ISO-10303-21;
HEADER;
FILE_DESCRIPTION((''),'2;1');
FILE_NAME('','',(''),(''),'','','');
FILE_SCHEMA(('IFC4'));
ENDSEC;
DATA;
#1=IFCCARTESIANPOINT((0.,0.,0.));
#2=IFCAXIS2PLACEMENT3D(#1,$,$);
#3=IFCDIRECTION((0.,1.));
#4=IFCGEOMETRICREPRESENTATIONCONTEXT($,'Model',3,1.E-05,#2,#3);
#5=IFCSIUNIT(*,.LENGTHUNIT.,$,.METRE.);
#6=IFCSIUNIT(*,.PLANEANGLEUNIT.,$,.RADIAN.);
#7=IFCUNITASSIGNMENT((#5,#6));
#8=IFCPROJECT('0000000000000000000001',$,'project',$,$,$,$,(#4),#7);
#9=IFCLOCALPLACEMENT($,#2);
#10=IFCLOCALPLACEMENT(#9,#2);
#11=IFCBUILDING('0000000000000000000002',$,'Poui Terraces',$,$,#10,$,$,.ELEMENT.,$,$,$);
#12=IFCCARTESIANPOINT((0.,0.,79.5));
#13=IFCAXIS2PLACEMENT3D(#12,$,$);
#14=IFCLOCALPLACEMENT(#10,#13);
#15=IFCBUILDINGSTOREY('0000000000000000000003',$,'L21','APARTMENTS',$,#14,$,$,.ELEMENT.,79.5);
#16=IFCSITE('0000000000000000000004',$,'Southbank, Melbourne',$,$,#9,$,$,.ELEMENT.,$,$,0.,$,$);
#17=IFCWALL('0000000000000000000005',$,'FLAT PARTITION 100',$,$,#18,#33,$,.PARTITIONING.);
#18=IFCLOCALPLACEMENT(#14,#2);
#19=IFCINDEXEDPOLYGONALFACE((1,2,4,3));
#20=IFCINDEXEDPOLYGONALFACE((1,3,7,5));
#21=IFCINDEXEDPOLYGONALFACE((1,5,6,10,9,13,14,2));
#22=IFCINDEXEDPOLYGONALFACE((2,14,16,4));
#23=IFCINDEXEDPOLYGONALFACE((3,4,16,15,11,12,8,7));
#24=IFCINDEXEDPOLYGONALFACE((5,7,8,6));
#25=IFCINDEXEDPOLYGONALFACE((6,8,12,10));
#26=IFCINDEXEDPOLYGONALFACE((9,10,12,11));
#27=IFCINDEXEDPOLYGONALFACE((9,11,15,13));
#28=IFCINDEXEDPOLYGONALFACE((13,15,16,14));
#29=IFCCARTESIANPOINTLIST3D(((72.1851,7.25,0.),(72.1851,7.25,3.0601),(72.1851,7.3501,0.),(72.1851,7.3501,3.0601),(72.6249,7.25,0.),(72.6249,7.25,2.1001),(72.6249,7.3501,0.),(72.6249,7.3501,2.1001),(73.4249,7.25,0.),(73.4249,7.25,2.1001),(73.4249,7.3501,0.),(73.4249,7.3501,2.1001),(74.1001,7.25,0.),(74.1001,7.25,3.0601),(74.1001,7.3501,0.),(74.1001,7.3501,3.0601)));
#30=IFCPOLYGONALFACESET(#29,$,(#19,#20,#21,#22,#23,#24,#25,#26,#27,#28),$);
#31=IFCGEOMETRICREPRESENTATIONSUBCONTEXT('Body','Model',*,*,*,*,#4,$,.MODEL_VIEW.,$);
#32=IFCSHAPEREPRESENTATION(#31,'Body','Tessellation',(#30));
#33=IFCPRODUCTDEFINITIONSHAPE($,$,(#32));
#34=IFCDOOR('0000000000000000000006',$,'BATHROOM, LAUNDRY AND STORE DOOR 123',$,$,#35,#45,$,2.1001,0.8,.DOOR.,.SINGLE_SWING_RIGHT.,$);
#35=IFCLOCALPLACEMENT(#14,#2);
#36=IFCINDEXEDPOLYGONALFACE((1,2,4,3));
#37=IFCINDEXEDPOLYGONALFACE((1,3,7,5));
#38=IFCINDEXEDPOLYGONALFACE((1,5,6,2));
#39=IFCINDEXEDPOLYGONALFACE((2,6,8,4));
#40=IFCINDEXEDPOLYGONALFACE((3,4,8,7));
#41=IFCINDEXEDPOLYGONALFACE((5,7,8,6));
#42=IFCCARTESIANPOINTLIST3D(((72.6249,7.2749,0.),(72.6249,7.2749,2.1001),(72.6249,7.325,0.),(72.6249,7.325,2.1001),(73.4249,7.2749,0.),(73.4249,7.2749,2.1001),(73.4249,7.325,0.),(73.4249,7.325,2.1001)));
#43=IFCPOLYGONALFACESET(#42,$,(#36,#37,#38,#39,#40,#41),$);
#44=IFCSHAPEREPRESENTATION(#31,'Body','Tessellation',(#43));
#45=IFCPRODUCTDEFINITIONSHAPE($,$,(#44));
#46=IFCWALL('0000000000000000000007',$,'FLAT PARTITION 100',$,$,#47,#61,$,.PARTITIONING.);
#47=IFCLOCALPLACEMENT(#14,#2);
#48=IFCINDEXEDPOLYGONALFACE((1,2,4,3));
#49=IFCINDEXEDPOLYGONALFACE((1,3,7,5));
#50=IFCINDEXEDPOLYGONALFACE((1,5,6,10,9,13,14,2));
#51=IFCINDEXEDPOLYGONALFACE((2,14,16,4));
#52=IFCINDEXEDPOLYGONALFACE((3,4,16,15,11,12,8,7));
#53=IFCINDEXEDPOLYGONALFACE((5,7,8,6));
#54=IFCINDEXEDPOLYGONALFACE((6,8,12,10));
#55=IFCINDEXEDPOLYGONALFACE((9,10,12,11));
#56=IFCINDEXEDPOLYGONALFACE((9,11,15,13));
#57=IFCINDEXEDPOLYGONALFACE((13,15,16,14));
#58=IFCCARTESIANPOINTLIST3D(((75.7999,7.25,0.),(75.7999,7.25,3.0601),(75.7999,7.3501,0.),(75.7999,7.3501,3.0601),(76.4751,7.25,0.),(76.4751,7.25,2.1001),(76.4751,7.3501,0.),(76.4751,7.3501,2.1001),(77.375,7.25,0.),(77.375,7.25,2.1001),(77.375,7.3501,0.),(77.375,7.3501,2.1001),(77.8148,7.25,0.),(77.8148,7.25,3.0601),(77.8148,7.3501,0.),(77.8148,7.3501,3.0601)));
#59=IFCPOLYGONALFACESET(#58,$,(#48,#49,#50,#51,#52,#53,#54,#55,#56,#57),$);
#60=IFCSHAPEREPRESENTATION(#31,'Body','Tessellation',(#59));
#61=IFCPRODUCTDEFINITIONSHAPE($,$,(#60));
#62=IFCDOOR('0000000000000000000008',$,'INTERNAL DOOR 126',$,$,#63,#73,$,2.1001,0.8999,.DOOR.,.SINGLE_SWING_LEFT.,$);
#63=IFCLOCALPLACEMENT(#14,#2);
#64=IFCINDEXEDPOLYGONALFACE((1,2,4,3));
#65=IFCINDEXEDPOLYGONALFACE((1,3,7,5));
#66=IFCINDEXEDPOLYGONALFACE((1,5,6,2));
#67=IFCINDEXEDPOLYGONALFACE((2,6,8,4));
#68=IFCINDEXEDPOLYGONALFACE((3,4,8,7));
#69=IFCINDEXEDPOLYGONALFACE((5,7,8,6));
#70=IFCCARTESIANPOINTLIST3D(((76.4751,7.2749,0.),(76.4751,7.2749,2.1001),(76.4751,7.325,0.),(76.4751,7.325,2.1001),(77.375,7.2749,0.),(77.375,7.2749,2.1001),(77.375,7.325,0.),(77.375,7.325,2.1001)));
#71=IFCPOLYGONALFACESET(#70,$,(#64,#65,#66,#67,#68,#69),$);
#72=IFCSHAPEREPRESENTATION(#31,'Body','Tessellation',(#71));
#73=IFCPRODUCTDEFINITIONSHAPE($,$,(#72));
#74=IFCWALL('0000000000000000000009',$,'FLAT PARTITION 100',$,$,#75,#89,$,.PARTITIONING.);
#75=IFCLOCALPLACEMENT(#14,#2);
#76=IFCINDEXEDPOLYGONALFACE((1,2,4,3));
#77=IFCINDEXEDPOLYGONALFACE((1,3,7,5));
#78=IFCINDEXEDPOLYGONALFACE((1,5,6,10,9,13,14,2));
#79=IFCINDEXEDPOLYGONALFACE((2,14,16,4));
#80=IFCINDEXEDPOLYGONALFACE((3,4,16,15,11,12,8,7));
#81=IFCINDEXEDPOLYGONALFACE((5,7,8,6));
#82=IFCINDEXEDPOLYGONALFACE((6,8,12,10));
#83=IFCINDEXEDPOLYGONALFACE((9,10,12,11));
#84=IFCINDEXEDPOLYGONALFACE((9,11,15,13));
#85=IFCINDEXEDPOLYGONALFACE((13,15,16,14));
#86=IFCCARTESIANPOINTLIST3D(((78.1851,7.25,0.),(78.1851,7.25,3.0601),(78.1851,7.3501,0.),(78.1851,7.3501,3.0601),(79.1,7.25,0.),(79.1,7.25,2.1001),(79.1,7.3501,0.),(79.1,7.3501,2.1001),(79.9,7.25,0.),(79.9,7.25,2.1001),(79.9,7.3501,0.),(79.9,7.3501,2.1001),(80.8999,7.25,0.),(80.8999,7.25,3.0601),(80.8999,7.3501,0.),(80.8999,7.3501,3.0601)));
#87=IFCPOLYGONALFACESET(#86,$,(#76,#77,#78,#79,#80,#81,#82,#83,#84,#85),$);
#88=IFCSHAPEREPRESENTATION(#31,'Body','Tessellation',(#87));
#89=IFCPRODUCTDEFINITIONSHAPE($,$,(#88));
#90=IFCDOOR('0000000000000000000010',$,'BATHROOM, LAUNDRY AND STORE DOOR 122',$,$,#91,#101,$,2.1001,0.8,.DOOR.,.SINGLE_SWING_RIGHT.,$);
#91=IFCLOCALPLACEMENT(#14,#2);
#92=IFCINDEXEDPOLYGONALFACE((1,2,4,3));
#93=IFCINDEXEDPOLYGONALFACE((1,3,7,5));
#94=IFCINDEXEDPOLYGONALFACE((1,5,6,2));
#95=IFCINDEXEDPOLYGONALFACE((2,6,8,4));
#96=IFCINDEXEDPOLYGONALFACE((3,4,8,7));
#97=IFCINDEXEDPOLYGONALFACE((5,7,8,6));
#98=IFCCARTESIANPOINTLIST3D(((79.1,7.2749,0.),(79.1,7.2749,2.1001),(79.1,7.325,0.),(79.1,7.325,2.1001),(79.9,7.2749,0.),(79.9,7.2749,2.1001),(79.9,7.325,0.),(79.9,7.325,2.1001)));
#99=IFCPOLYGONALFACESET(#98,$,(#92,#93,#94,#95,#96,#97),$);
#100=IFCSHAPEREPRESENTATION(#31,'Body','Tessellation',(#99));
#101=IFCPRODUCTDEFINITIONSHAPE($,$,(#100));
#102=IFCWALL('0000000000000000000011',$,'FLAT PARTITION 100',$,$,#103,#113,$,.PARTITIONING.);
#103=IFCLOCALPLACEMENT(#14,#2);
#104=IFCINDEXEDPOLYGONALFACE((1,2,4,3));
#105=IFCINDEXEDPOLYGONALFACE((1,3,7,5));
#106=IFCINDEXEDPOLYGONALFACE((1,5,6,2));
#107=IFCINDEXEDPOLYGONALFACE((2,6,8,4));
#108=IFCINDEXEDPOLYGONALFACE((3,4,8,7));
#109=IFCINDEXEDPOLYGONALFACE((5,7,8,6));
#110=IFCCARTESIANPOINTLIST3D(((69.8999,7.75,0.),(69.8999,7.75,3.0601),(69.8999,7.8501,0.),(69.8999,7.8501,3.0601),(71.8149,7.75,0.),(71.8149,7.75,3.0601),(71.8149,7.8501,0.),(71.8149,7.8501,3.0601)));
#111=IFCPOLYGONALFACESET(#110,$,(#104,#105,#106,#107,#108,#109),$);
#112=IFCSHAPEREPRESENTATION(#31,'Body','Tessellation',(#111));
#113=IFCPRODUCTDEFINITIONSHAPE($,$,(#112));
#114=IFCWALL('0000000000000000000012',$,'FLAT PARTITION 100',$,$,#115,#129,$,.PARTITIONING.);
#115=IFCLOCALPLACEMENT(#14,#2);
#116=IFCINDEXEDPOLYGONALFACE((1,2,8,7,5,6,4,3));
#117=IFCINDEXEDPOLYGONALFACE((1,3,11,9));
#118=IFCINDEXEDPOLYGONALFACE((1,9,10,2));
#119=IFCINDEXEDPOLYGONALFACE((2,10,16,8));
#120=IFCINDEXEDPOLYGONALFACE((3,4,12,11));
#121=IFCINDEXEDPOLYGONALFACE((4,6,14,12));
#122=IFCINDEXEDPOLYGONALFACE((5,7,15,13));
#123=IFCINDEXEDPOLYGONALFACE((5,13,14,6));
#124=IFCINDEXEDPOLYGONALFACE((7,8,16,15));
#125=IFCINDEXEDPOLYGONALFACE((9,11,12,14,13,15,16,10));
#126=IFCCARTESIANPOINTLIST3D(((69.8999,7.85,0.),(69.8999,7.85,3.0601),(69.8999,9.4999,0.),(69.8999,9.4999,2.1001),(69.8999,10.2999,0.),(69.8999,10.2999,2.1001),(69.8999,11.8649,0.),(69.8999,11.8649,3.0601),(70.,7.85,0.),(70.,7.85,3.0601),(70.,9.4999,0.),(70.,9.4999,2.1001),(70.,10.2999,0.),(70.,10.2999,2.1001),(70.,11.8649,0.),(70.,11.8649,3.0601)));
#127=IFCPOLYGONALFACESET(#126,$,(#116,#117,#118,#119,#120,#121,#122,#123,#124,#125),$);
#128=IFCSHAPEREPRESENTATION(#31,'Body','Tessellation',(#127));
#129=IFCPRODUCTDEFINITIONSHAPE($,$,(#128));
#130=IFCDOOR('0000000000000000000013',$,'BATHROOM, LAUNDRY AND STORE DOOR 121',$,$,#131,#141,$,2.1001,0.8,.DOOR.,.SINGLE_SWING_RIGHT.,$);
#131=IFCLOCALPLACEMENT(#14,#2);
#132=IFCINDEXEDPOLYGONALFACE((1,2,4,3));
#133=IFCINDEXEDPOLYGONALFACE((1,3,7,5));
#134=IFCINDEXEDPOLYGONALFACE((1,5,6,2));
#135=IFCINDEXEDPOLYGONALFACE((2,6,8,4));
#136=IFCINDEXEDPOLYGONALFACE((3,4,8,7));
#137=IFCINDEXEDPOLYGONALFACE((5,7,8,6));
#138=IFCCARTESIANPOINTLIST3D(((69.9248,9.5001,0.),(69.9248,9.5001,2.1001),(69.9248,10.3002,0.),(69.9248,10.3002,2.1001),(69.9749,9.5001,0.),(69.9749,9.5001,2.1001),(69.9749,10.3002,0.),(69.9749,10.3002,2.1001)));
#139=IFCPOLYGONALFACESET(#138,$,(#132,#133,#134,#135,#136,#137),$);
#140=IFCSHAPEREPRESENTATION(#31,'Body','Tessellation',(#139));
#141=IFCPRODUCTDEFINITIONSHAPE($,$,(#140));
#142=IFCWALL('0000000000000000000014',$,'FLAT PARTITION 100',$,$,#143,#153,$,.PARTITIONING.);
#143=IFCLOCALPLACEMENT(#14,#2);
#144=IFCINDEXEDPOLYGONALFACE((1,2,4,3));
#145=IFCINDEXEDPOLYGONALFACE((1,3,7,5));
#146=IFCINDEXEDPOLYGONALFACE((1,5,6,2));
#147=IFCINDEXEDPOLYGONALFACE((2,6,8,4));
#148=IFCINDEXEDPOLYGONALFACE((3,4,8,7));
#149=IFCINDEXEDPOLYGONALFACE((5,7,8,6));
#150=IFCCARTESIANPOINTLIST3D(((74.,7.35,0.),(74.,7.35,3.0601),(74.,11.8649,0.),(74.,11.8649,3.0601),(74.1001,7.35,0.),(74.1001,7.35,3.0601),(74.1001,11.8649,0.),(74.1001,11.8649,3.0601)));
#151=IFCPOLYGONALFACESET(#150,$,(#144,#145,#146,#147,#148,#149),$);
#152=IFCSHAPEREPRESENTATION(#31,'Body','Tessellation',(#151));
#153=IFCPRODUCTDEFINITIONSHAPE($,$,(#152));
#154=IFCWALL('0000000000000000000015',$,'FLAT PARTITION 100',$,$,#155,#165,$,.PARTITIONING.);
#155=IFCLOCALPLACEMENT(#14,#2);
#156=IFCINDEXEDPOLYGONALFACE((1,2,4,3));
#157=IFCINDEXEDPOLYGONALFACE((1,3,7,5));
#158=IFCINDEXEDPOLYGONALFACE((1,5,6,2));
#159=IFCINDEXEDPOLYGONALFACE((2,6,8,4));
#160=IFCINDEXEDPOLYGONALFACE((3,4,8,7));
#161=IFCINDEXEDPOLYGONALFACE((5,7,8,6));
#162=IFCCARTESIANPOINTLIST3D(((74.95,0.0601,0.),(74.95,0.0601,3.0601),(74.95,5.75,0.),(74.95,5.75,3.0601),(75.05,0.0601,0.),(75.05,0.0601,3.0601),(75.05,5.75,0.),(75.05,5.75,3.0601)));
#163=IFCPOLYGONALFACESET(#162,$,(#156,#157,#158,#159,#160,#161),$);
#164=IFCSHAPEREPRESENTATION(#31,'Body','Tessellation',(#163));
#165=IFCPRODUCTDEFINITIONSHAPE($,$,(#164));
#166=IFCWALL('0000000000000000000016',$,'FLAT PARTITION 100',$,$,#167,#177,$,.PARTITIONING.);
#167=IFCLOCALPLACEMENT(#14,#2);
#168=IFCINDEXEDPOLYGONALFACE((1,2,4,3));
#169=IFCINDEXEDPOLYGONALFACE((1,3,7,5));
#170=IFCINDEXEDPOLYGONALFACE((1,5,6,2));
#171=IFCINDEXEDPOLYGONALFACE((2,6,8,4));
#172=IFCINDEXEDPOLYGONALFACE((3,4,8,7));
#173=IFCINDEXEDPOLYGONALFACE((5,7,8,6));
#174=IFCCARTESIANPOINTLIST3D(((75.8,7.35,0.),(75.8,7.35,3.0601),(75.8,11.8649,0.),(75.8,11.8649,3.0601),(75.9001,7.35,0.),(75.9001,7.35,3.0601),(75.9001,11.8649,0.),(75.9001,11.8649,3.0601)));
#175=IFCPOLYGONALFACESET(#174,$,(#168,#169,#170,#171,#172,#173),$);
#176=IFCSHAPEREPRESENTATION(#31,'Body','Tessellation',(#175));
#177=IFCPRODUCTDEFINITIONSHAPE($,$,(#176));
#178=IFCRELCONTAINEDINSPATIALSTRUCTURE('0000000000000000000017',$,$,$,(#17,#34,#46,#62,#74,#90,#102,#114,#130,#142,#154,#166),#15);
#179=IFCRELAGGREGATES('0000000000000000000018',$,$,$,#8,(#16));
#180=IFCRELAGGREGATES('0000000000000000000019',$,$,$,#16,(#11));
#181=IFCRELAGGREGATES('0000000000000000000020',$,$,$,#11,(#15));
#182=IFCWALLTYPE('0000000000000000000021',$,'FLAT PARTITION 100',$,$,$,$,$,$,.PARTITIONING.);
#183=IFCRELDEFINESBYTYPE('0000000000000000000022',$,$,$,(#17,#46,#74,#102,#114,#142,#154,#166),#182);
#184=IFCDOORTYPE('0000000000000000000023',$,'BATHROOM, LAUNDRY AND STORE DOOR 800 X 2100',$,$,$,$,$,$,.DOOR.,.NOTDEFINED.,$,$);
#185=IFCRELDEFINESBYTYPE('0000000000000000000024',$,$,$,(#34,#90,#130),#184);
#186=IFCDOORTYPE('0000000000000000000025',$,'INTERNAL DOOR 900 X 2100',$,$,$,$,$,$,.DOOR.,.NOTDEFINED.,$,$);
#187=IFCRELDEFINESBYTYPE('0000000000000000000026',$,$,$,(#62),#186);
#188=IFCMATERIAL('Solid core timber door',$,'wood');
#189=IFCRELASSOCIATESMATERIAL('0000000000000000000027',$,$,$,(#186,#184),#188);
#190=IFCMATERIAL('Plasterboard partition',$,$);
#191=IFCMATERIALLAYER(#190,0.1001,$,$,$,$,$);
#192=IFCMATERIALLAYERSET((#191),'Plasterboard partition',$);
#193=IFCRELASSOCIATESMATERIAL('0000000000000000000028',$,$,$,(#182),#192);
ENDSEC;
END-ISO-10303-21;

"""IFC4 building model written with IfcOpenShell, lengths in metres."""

from ifc_helpers import new_model, si_unit, direction, frame, frame_2d, origin, place, context, subcontext, project, spatial, rectangle, extrude, material, layer, layer_set, type_object, element, fill, save


model = new_model("IFC4")

# Units and contexts
model_context = context("Model", 3, precision=1e-05, world=origin(), true_north=direction((0.0, 1.0)))
body_context = subcontext(model_context, "Body", "Model", "MODEL_VIEW")
ifc_project = project(units=[si_unit("LENGTHUNIT", "METRE"), si_unit("PLANEANGLEUNIT", "RADIAN")], contexts=[model_context])

# Site, building, storey
site_placement = place(None, origin())
site = spatial("IfcSite", under=ifc_project, at=site_placement, Name="Southbank, Melbourne", CompositionType="ELEMENT", RefElevation=0.0)
building_placement = place(site_placement, origin())
building = spatial("IfcBuilding", under=site, at=building_placement, Name="Poui Terraces", CompositionType="ELEMENT")
storey_placement = place(building_placement, frame((0.0, 0.0, 79.5)))
storey = spatial("IfcBuildingStorey", under=building, at=storey_placement, Name="L21", Description="APARTMENTS", CompositionType="ELEMENT", Elevation=79.5)

# Walls, openings, doors
ifc_material_1 = material(Name="Solid core timber door", Category="wood")
door_type_1 = type_object("IfcDoorType", Name="INTERNAL DOOR 900 X 2100", OperationType="NOTDEFINED", PredefinedType="DOOR", material=ifc_material_1)
ifc_material_2 = material(Name="Plasterboard partition")
ifc_layer_1 = layer(ifc_material_2, 0.1001)
ifc_layer_set_1 = layer_set([ifc_layer_1], Name="Plasterboard partition")
wall_type_1 = type_object("IfcWallType", Name="FLAT PARTITION 100", PredefinedType="PARTITIONING", material=ifc_layer_set_1)
wall_1_placement = place(storey_placement, frame((72.1851, 7.3, 0.0), z_axis=(0.0, 0.0, 1.0), x_axis=(1.0, 0.0, 0.0)))
wall_1 = element("IfcWall", 1, at=wall_1_placement, inside=storey, type_object=wall_type_1, Name="FLAT PARTITION 100", PredefinedType="PARTITIONING", context=body_context, shape_type="SweptSolid", body=[
    extrude(rectangle(XDim=1.915, YDim=0.1001, at=frame_2d((0.9575, 0.0))), origin(), (0.0, 0.0, 1.0), 3.0601),
])
opening_1_placement = place(wall_1_placement, frame((0.4399, 0.0, 0.0)))
opening_1 = element("IfcOpeningElement", 2, at=opening_1_placement, cuts=wall_1, PredefinedType="OPENING", context=body_context, shape_type="SweptSolid", body=[
    extrude(rectangle(XDim=0.8, YDim=2.1001, at=frame_2d((0.3999, 1.05))), frame((0.0, 0.0601, 0.0), z_axis=(0.0, -1.0, 0.0), x_axis=(1.0, 0.0, 0.0)), (0.0, 0.0, 1.0), 0.1201),
])
door_type_2 = type_object("IfcDoorType", Name="BATHROOM, LAUNDRY AND STORE DOOR 800 X 2100", OperationType="NOTDEFINED", PredefinedType="DOOR", material=ifc_material_1)
door_1_placement = place(opening_1_placement, origin())
door_1 = element("IfcDoor", 3, at=door_1_placement, inside=storey, type_object=door_type_2, Name="BATHROOM, LAUNDRY AND STORE DOOR 123", OperationType="SINGLE_SWING_RIGHT", OverallHeight=2.1001, OverallWidth=0.8, PredefinedType="DOOR", context=body_context, shape_type="SweptSolid", body=[
    extrude(rectangle(XDim=0.8, YDim=2.1001, at=frame_2d((0.3999, 1.05))), frame((0.0, 0.0249, 0.0), z_axis=(0.0, -1.0, 0.0), x_axis=(1.0, 0.0, 0.0)), (0.0, 0.0, 1.0), 0.05),
])
fill(opening_1, door_1)
wall_2_placement = place(storey_placement, frame((75.8, 7.3, 0.0), z_axis=(0.0, 0.0, 1.0), x_axis=(1.0, 0.0, 0.0)))
wall_2 = element("IfcWall", 4, at=wall_2_placement, inside=storey, type_object=wall_type_1, Name="FLAT PARTITION 100", PredefinedType="PARTITIONING", context=body_context, shape_type="SweptSolid", body=[
    extrude(rectangle(XDim=2.0149, YDim=0.1001, at=frame_2d((1.0073, 0.0))), origin(), (0.0, 0.0, 1.0), 3.0601),
])
opening_2_placement = place(wall_2_placement, frame((0.675, 0.0, 0.0)))
opening_2 = element("IfcOpeningElement", 5, at=opening_2_placement, cuts=wall_2, PredefinedType="OPENING", context=body_context, shape_type="SweptSolid", body=[
    extrude(rectangle(XDim=0.8999, YDim=2.1001, at=frame_2d((0.45, 1.05))), frame((0.0, 0.0601, 0.0), z_axis=(0.0, -1.0, 0.0), x_axis=(1.0, 0.0, 0.0)), (0.0, 0.0, 1.0), 0.1201),
])
door_2_placement = place(opening_2_placement, origin())
door_2 = element("IfcDoor", 6, at=door_2_placement, inside=storey, type_object=door_type_1, Name="INTERNAL DOOR 126", OperationType="SINGLE_SWING_LEFT", OverallHeight=2.1001, OverallWidth=0.8999, PredefinedType="DOOR", context=body_context, shape_type="SweptSolid", body=[
    extrude(rectangle(XDim=0.8999, YDim=2.1001, at=frame_2d((0.45, 1.05))), frame((0.0, 0.0249, 0.0), z_axis=(0.0, -1.0, 0.0), x_axis=(1.0, 0.0, 0.0)), (0.0, 0.0, 1.0), 0.05),
])
fill(opening_2, door_2)
wall_3_placement = place(storey_placement, frame((78.1851, 7.3, 0.0), z_axis=(0.0, 0.0, 1.0), x_axis=(1.0, 0.0, 0.0)))
wall_3 = element("IfcWall", 7, at=wall_3_placement, inside=storey, type_object=wall_type_1, Name="FLAT PARTITION 100", PredefinedType="PARTITIONING", context=body_context, shape_type="SweptSolid", body=[
    extrude(rectangle(XDim=2.7148, YDim=0.1001, at=frame_2d((1.3574, 0.0))), origin(), (0.0, 0.0, 1.0), 3.0601),
])
opening_3_placement = place(wall_3_placement, frame((0.915, 0.0, 0.0)))
opening_3 = element("IfcOpeningElement", 8, at=opening_3_placement, cuts=wall_3, PredefinedType="OPENING", context=body_context, shape_type="SweptSolid", body=[
    extrude(rectangle(XDim=0.8, YDim=2.1001, at=frame_2d((0.3999, 1.05))), frame((0.0, 0.0601, 0.0), z_axis=(0.0, -1.0, 0.0), x_axis=(1.0, 0.0, 0.0)), (0.0, 0.0, 1.0), 0.1201),
])
door_3_placement = place(opening_3_placement, origin())
door_3 = element("IfcDoor", 9, at=door_3_placement, inside=storey, type_object=door_type_2, Name="BATHROOM, LAUNDRY AND STORE DOOR 122", OperationType="SINGLE_SWING_RIGHT", OverallHeight=2.1001, OverallWidth=0.8, PredefinedType="DOOR", context=body_context, shape_type="SweptSolid", body=[
    extrude(rectangle(XDim=0.8, YDim=2.1001, at=frame_2d((0.3999, 1.05))), frame((0.0, 0.0249, 0.0), z_axis=(0.0, -1.0, 0.0), x_axis=(1.0, 0.0, 0.0)), (0.0, 0.0, 1.0), 0.05),
])
fill(opening_3, door_3)

# Wall
wall_4_placement = place(storey_placement, frame((69.8999, 7.8, 0.0), z_axis=(0.0, 0.0, 1.0), x_axis=(1.0, 0.0, 0.0)))
element("IfcWall", 10, at=wall_4_placement, inside=storey, type_object=wall_type_1, Name="FLAT PARTITION 100", PredefinedType="PARTITIONING", context=body_context, shape_type="SweptSolid", body=[
    extrude(rectangle(XDim=1.915, YDim=0.1001, at=frame_2d((0.9575, 0.0))), origin(), (0.0, 0.0, 1.0), 3.0601),
])

# Wall, opening, door
wall_5_placement = place(storey_placement, frame((69.95, 7.8501, 0.0), z_axis=(0.0, 0.0, 1.0), x_axis=(0.0, 1.0, 0.0)))
wall_5 = element("IfcWall", 11, at=wall_5_placement, inside=storey, type_object=wall_type_1, Name="FLAT PARTITION 100", PredefinedType="PARTITIONING", context=body_context, shape_type="SweptSolid", body=[
    extrude(rectangle(XDim=4.0149, YDim=0.1001, at=frame_2d((2.0073, 0.0))), origin(), (0.0, 0.0, 1.0), 3.0601),
])
opening_4_placement = place(wall_5_placement, frame((1.6499, 0.0, 0.0)))
opening_4 = element("IfcOpeningElement", 12, at=opening_4_placement, cuts=wall_5, PredefinedType="OPENING", context=body_context, shape_type="SweptSolid", body=[
    extrude(rectangle(XDim=0.8, YDim=2.1001, at=frame_2d((0.3999, 1.05))), frame((0.0, 0.0601, 0.0), z_axis=(0.0, -1.0, 0.0), x_axis=(1.0, 0.0, 0.0)), (0.0, 0.0, 1.0), 0.1201),
])
door_4_placement = place(opening_4_placement, frame((0.8, 0.0, 0.0), z_axis=(0.0, 0.0, 1.0), x_axis=(-1.0, 0.0, 0.0)))
door_4 = element("IfcDoor", 13, at=door_4_placement, inside=storey, type_object=door_type_2, Name="BATHROOM, LAUNDRY AND STORE DOOR 121", OperationType="SINGLE_SWING_RIGHT", OverallHeight=2.1001, OverallWidth=0.8, PredefinedType="DOOR", context=body_context, shape_type="SweptSolid", body=[
    extrude(rectangle(XDim=0.8, YDim=2.1001, at=frame_2d((0.3999, 1.05))), frame((0.0, 0.0249, 0.0), z_axis=(0.0, -1.0, 0.0), x_axis=(1.0, 0.0, 0.0)), (0.0, 0.0, 1.0), 0.05),
])
fill(opening_4, door_4)

# Walls
wall_6_placement = place(storey_placement, frame((74.05, 7.3501, 0.0), z_axis=(0.0, 0.0, 1.0), x_axis=(0.0, 1.0, 0.0)))
element("IfcWall", 14, at=wall_6_placement, inside=storey, type_object=wall_type_1, Name="FLAT PARTITION 100", PredefinedType="PARTITIONING", context=body_context, shape_type="SweptSolid", body=[
    extrude(rectangle(XDim=4.5149, YDim=0.1001, at=frame_2d((2.2573, 0.0))), origin(), (0.0, 0.0, 1.0), 3.0601),
])
wall_7_placement = place(storey_placement, frame((75.0, 0.0601, 0.0), z_axis=(0.0, 0.0, 1.0), x_axis=(0.0, 1.0, 0.0)))
element("IfcWall", 15, at=wall_7_placement, inside=storey, type_object=wall_type_1, Name="FLAT PARTITION 100", PredefinedType="PARTITIONING", context=body_context, shape_type="SweptSolid", body=[
    extrude(rectangle(XDim=5.6899, YDim=0.1001, at=frame_2d((2.845, 0.0))), origin(), (0.0, 0.0, 1.0), 3.0601),
])
wall_8_placement = place(storey_placement, frame((75.8501, 7.3501, 0.0), z_axis=(0.0, 0.0, 1.0), x_axis=(0.0, 1.0, 0.0)))
element("IfcWall", 16, at=wall_8_placement, inside=storey, type_object=wall_type_1, Name="FLAT PARTITION 100", PredefinedType="PARTITIONING", context=body_context, shape_type="SweptSolid", body=[
    extrude(rectangle(XDim=4.5149, YDim=0.1001, at=frame_2d((2.2573, 0.0))), origin(), (0.0, 0.0, 1.0), 3.0601),
])

save(model, "model.ifc")
